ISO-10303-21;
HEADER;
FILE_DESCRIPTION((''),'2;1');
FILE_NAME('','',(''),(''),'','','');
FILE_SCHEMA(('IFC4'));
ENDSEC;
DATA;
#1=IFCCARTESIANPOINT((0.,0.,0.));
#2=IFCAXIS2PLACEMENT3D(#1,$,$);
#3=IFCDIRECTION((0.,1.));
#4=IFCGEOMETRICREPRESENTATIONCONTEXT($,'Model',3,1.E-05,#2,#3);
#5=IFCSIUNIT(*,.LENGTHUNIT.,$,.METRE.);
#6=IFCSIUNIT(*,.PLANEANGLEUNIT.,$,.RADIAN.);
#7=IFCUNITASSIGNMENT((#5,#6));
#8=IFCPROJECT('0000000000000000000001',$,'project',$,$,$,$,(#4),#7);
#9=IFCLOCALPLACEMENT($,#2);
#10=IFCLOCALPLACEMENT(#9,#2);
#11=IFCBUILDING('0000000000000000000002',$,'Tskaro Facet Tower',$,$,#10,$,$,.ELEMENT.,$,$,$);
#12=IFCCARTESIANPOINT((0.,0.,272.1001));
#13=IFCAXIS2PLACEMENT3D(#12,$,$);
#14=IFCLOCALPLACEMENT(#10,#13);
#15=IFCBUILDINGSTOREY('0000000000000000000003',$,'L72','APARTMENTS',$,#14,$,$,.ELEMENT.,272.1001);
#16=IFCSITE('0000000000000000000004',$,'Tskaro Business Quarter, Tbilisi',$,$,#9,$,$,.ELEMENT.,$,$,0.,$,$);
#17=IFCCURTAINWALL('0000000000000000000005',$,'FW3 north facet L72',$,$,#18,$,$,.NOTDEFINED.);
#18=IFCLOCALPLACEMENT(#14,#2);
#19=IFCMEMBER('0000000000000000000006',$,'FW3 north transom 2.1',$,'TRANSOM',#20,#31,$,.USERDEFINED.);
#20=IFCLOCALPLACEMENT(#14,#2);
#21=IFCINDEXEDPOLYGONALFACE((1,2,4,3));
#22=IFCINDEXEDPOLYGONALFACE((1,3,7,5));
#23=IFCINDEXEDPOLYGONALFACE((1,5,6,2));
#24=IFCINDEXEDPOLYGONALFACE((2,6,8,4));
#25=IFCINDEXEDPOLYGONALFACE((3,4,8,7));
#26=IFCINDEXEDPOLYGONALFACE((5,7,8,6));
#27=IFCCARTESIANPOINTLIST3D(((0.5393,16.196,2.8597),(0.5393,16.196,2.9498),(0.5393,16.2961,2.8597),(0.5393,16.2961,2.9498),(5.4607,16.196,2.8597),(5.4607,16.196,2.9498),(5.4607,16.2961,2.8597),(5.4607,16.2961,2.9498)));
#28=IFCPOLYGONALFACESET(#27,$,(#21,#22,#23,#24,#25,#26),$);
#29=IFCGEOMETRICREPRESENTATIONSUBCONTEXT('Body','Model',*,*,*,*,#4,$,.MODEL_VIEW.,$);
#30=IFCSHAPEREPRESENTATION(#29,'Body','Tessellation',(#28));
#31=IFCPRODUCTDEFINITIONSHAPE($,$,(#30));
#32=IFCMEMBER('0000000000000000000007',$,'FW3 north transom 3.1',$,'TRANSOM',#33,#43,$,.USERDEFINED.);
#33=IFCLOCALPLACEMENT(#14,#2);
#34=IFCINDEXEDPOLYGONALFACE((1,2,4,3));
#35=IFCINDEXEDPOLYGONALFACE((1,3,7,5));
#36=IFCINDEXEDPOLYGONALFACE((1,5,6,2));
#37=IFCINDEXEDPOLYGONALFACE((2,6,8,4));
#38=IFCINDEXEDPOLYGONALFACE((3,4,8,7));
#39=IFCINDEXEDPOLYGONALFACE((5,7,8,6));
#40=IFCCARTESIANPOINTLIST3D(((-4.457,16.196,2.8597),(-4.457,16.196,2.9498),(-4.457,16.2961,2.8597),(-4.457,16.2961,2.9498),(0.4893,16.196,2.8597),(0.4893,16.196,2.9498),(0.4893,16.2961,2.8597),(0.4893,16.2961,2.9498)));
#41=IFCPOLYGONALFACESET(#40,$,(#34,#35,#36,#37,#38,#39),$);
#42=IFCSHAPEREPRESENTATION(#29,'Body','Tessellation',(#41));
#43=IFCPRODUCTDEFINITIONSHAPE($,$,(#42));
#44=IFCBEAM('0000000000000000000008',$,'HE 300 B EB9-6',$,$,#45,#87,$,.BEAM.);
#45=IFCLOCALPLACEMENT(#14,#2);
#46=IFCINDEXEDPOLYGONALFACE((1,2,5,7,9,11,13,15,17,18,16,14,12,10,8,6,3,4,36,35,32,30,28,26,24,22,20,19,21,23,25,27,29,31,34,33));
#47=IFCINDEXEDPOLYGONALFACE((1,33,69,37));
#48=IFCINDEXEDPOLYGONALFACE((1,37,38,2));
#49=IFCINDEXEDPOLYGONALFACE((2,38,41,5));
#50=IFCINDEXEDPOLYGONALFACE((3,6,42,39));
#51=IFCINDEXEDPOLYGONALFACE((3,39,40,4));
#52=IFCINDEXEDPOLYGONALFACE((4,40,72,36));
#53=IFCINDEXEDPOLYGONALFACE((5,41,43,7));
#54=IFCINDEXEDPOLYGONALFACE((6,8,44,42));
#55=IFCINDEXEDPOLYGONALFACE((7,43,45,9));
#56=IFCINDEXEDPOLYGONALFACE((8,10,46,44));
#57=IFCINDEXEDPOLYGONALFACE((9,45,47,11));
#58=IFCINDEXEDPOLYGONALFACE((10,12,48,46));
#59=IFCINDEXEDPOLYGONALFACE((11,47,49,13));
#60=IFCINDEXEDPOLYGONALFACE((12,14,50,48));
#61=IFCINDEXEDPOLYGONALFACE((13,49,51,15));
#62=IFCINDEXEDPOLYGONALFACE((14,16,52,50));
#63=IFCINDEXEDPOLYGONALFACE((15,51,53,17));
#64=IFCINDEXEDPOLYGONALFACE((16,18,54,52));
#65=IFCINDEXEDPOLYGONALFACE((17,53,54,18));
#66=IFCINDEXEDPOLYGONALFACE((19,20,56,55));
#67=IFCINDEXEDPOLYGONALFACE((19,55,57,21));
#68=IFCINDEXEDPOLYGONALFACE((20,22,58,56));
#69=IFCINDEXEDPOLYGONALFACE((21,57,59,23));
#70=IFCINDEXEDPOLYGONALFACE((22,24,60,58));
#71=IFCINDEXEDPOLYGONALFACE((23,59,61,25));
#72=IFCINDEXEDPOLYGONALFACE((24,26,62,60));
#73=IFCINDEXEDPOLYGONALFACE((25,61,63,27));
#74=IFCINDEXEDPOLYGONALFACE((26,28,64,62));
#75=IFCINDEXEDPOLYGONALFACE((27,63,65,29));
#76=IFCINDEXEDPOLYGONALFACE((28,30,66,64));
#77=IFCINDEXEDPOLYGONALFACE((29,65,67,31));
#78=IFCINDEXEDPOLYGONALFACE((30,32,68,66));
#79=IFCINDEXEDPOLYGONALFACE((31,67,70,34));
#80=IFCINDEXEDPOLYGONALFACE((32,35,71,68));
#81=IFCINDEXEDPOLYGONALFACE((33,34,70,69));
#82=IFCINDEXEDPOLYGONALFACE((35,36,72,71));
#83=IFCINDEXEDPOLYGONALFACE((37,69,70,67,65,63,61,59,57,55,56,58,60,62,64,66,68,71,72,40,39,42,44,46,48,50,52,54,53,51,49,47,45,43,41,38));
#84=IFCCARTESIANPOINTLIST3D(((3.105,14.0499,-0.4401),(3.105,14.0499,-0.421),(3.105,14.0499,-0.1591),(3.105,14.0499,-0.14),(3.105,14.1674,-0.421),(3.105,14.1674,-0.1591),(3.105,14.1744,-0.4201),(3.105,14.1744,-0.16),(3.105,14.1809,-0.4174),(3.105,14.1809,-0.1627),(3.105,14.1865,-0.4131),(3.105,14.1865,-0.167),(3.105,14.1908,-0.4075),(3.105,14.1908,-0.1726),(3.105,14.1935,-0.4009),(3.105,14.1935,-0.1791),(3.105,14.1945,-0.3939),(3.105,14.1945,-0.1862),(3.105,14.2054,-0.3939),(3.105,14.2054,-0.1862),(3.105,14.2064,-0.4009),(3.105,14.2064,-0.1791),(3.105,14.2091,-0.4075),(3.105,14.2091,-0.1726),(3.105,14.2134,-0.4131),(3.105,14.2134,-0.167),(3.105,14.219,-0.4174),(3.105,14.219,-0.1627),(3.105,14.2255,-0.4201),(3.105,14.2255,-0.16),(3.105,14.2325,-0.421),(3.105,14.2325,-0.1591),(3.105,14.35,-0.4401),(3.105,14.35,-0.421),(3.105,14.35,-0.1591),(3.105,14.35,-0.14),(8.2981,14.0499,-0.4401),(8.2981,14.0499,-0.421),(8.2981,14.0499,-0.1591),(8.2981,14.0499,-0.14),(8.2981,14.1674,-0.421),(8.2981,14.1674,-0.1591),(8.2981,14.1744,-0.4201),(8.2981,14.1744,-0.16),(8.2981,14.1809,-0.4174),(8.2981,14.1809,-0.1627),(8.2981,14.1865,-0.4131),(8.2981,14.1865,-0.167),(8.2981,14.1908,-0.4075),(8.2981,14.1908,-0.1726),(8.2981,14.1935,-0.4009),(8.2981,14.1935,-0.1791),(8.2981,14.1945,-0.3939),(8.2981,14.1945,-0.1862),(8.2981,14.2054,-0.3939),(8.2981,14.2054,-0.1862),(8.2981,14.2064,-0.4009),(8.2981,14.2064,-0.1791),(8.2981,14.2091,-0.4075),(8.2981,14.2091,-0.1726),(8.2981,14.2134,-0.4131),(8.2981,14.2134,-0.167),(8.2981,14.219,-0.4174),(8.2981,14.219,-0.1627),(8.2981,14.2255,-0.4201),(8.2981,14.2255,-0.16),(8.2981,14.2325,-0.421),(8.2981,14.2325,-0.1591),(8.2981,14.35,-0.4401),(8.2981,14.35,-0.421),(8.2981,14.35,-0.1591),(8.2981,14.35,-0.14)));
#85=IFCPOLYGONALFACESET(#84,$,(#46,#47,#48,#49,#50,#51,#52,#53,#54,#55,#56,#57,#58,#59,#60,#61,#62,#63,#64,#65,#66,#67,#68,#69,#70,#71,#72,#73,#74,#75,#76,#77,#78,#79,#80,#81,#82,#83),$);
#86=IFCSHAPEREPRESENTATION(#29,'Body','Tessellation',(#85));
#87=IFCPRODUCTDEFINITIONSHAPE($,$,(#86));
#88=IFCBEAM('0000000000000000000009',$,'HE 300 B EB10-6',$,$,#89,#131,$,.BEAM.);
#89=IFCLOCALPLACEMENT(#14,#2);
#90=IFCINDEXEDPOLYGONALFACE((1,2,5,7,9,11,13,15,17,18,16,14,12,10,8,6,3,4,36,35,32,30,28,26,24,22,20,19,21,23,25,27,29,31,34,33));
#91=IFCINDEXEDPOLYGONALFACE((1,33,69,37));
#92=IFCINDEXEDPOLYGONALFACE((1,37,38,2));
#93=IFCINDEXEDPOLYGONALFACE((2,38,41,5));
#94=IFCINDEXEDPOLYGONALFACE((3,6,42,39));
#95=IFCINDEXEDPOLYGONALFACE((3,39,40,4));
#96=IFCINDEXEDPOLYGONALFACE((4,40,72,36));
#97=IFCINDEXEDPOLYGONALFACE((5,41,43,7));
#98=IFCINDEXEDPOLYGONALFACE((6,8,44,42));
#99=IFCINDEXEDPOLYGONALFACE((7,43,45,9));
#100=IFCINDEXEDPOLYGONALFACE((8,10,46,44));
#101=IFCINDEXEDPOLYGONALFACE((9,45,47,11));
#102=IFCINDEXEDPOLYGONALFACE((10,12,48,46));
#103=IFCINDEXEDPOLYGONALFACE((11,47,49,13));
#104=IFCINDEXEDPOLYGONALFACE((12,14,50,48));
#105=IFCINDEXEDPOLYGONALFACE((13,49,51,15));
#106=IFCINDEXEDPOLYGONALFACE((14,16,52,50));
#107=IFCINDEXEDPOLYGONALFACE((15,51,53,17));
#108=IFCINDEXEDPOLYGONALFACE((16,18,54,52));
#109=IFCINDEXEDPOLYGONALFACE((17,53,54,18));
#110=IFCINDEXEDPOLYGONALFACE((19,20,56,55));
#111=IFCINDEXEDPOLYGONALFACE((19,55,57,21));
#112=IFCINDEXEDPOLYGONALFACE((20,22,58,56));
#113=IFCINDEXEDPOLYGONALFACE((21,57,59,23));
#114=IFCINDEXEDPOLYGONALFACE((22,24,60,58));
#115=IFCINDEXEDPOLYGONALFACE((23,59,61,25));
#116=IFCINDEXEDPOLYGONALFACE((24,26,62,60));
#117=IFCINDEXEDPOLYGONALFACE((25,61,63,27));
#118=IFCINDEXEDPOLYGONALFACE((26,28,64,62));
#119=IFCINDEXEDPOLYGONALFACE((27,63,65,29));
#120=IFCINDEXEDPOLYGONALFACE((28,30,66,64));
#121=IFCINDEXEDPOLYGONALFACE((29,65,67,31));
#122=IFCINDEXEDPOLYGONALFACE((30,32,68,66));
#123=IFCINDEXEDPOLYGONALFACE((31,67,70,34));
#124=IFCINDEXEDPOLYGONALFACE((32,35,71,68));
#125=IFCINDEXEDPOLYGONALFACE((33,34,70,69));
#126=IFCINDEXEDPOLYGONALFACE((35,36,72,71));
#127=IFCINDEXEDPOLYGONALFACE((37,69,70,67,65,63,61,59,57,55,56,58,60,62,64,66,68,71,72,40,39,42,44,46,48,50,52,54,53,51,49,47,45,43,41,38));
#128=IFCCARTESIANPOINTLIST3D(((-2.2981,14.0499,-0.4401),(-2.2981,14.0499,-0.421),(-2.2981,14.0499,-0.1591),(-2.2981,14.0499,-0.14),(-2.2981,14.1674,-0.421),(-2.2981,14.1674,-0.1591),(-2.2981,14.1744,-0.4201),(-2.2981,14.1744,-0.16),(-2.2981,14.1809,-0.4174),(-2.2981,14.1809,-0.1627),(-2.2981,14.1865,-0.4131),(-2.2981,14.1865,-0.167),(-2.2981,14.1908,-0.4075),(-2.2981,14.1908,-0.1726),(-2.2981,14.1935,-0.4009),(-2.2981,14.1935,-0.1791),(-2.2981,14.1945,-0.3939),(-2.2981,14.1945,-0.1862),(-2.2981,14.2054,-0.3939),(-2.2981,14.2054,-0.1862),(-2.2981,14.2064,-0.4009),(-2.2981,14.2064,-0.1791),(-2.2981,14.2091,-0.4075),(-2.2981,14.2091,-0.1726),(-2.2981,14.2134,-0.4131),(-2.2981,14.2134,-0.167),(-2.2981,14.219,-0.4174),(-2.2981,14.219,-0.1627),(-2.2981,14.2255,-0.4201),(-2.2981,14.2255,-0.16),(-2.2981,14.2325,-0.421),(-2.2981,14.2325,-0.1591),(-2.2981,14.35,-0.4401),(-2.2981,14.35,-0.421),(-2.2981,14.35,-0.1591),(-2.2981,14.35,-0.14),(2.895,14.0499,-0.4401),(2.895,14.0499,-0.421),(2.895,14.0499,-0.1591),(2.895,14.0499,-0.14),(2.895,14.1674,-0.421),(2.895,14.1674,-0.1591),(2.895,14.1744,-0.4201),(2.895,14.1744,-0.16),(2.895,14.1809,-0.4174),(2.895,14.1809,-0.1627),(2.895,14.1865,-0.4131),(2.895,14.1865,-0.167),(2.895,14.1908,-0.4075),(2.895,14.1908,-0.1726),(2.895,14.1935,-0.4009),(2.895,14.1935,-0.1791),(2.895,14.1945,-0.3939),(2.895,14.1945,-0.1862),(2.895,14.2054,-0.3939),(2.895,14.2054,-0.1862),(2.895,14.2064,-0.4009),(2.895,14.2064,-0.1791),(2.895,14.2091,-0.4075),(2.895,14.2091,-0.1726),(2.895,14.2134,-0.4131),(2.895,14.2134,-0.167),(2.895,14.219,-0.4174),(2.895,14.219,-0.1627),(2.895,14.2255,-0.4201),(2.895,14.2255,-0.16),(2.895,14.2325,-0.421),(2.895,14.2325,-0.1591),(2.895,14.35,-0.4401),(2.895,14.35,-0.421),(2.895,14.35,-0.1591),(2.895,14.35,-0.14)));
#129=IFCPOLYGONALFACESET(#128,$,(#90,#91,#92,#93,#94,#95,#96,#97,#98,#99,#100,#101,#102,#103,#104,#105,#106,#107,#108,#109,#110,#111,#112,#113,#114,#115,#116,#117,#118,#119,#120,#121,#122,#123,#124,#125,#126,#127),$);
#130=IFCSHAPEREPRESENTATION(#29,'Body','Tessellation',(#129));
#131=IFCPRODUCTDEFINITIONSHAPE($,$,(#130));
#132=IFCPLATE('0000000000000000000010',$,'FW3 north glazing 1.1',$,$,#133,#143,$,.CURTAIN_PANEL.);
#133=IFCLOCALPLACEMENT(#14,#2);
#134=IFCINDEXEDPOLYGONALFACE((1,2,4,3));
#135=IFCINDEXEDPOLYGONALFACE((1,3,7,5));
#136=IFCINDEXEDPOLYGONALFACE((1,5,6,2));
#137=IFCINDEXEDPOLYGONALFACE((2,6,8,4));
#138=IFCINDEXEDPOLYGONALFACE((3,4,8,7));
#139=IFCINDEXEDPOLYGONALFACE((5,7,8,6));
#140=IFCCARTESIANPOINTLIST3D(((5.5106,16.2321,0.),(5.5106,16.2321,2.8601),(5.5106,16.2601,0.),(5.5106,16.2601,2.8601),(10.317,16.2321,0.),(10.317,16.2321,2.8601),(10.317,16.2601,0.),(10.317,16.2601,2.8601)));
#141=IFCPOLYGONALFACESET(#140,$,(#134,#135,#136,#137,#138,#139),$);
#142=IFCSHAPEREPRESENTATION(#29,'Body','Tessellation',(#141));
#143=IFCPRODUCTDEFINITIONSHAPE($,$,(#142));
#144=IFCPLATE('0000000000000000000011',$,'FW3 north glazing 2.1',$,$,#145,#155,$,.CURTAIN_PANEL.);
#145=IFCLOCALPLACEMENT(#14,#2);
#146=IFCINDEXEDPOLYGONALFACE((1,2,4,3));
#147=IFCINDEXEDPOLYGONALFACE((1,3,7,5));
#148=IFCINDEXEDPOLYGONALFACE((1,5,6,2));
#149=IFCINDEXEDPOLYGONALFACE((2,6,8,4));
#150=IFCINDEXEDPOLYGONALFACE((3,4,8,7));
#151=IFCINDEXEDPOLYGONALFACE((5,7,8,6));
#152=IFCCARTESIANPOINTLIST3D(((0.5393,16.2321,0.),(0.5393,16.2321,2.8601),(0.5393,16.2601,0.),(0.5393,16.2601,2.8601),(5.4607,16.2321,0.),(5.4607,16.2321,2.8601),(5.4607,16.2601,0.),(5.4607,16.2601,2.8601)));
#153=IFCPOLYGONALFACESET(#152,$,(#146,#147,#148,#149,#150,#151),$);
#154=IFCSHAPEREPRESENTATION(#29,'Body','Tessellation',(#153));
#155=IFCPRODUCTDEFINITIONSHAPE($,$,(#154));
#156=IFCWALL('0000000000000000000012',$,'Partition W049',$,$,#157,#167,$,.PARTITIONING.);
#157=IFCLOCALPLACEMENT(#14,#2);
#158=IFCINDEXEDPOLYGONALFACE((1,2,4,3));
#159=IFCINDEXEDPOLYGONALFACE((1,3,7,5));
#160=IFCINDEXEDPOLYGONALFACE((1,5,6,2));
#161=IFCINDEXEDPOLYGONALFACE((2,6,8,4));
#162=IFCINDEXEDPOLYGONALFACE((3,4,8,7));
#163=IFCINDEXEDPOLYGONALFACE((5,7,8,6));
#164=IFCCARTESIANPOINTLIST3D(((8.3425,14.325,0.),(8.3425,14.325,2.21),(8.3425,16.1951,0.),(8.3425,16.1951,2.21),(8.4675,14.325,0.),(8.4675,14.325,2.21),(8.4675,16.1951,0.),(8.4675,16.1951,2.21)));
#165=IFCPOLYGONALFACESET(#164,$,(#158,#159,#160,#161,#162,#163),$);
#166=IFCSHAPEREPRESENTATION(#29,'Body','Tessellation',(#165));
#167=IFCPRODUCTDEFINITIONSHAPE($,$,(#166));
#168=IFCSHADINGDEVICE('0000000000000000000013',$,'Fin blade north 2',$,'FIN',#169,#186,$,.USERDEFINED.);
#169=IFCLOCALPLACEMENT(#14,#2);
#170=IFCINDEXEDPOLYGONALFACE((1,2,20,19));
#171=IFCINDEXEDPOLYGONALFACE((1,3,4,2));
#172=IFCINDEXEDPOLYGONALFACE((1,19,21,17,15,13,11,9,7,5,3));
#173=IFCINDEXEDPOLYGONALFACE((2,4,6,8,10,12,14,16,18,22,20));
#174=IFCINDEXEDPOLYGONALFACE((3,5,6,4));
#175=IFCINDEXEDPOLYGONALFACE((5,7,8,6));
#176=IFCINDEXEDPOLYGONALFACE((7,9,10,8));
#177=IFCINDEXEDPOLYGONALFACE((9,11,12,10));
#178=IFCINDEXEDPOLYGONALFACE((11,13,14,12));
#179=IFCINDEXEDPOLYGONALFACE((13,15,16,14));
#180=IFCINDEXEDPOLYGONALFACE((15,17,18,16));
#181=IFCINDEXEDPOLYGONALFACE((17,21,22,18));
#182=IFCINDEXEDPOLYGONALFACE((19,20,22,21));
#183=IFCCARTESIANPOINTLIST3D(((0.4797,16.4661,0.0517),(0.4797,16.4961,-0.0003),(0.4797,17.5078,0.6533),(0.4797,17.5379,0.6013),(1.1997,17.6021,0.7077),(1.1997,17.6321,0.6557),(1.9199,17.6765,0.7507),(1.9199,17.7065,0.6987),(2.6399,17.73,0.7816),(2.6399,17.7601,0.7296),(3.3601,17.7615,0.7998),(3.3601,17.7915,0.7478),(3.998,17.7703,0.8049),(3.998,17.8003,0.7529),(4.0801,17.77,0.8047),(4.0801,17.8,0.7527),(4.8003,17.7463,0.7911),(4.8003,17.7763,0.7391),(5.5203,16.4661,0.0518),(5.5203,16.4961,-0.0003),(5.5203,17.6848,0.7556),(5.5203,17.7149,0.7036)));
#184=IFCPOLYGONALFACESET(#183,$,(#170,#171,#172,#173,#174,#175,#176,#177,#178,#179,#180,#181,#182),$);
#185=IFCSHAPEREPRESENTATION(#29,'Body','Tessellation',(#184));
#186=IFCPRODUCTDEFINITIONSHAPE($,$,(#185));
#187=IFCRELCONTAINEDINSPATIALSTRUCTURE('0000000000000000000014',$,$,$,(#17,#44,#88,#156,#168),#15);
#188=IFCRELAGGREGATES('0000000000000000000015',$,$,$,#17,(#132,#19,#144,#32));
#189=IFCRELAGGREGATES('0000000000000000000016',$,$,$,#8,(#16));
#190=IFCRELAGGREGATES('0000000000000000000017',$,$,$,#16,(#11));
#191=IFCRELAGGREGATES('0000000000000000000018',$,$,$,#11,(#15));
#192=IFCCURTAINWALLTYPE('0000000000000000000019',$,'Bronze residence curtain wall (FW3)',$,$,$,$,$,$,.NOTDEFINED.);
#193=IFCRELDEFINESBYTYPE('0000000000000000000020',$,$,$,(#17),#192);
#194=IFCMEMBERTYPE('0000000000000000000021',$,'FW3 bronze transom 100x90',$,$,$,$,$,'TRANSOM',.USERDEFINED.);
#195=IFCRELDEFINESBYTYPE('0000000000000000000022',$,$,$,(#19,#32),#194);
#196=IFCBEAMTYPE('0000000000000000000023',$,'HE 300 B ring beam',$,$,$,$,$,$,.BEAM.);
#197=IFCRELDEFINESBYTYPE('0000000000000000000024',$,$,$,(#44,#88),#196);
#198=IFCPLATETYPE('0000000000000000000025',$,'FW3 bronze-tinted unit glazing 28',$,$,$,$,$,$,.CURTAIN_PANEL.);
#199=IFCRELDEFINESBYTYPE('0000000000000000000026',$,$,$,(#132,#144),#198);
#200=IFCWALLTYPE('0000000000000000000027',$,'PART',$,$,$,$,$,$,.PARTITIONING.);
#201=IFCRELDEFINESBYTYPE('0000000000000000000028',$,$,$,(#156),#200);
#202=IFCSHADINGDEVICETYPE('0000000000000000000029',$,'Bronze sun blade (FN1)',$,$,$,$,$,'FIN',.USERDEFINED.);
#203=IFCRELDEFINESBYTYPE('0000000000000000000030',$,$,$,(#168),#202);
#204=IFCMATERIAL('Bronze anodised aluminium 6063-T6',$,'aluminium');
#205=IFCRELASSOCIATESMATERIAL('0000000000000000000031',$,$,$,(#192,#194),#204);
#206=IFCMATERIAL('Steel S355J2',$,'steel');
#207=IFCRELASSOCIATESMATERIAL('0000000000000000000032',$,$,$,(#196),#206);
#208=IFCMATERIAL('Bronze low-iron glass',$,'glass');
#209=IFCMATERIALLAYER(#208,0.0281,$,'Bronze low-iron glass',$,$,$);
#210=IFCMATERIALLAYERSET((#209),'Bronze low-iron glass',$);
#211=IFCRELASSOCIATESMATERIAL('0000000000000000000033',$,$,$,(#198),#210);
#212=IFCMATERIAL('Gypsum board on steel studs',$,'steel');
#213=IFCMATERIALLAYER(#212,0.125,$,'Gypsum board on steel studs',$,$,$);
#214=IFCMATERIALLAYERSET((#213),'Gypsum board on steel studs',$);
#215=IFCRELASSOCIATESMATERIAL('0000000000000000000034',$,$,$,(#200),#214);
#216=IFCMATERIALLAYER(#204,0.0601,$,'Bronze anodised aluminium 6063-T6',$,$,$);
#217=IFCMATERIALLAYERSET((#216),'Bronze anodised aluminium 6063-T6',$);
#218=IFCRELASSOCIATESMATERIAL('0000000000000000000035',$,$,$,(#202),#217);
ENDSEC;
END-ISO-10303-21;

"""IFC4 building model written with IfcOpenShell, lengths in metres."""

from ifc_helpers import new_model, si_unit, direction, frame, frame_2d, origin, origin_2d, place, context, subcontext, project, spatial, polyline, rectangle, i_section, outline, extrude, material, layer, layer_set, material_profile, profile_set, type_object, element, aggregate, save


model = new_model("IFC4")

# Units and contexts
model_context = context("Model", 3, precision=1e-05, world=origin(), true_north=direction((0.0, 1.0)))
body_context = subcontext(model_context, "Body", "Model", "MODEL_VIEW")
ifc_project = project(units=[si_unit("LENGTHUNIT", "METRE"), si_unit("PLANEANGLEUNIT", "RADIAN")], contexts=[model_context])

# Site, building, storey
site_placement = place(None, origin())
site = spatial("IfcSite", under=ifc_project, at=site_placement, Name="Tskaro Business Quarter, Tbilisi", CompositionType="ELEMENT", RefElevation=0.0)
building_placement = place(site_placement, origin())
building = spatial("IfcBuilding", under=site, at=building_placement, Name="Tskaro Facet Tower", CompositionType="ELEMENT")
storey_placement = place(building_placement, frame((0.0, 0.0, 272.1001)))
storey = spatial("IfcBuildingStorey", under=building, at=storey_placement, Name="L72", Description="APARTMENTS", CompositionType="ELEMENT", Elevation=272.1001)

# Shared definitions
ifc_material_1 = material(Name="Steel S355J2", Category="steel")

# Curtain wall, members
ifc_material_2 = material(Name="Bronze anodised aluminium 6063-T6", Category="aluminium")
curtain_wall_type = type_object("IfcCurtainWallType", Name="Bronze residence curtain wall (FW3)", PredefinedType="NOTDEFINED", material=ifc_material_2)
curtain_wall_placement = place(storey_placement, origin())
curtain_wall = element("IfcCurtainWall", 1, at=curtain_wall_placement, inside=storey, type_object=curtain_wall_type, Name="FW3 north facet L72", PredefinedType="NOTDEFINED")
ifc_material_profile_1 = material_profile(ifc_material_2, rectangle(XDim=0.1001, YDim=0.0901, at=origin_2d()), Name="Transom 100x90")
ifc_profile_set_1 = profile_set([ifc_material_profile_1], Name="Bronze anodised aluminium 6063-T6")
member_type_1 = type_object("IfcMemberType", Name="FW3 bronze transom 100x90", ElementType="TRANSOM", PredefinedType="USERDEFINED", material=ifc_profile_set_1)
member_1_placement = place(storey_placement, frame((5.4607, 16.2461, 2.9048), z_axis=(-1.0, 0.0, 0.0), x_axis=(0.0, -1.0, 0.0)))
member_1 = element("IfcMember", 2, at=member_1_placement, type_object=member_type_1, Name="FW3 north transom 2.1", ObjectType="TRANSOM", PredefinedType="USERDEFINED", context=body_context, shape_type="SweptSolid", body=[
    extrude(rectangle(XDim=0.1001, YDim=0.0901, at=origin_2d()), origin(), (0.0, 0.0, 1.0), 4.9214),
])
member_2_placement = place(storey_placement, frame((0.4893, 16.2461, 2.9048), z_axis=(-1.0, 0.0, 0.0), x_axis=(0.0, -1.0, 0.0)))
member_2 = element("IfcMember", 3, at=member_2_placement, type_object=member_type_1, Name="FW3 north transom 3.1", ObjectType="TRANSOM", PredefinedType="USERDEFINED", context=body_context, shape_type="SweptSolid", body=[
    extrude(rectangle(XDim=0.1001, YDim=0.0901, at=origin_2d()), origin(), (0.0, 0.0, 1.0), 4.9463),
])

# Beams
ifc_material_profile_2 = material_profile(ifc_material_1, i_section(OverallWidth=0.3, OverallDepth=0.3, WebThickness=0.011, FlangeThickness=0.019, FilletRadius=0.0271, at=origin_2d()), Name="HE 300 B")
ifc_profile_set_2 = profile_set([ifc_material_profile_2], Name="Steel S355J2")
beam_type = type_object("IfcBeamType", Name="HE 300 B ring beam", PredefinedType="BEAM", material=ifc_profile_set_2)
for number, where, z_axis, x_axis, name in (
    (4, (8.2981, 14.2, -0.29), (-1.0, 0.0, 0.0), (0.0, -1.0, 0.0), "HE 300 B EB9-6"),
    (5, (2.895, 14.2, -0.29), (-1.0, 0.0, 0.0), (0.0, -1.0, 0.0), "HE 300 B EB10-6"),
):
    element("IfcBeam", number, at=place(storey_placement, frame(where, z_axis=z_axis, x_axis=x_axis)), inside=storey, type_object=beam_type, Name=name, PredefinedType="BEAM", context=body_context, shape_type="SweptSolid", body=[
        extrude(i_section(OverallWidth=0.3, OverallDepth=0.3, WebThickness=0.011, FlangeThickness=0.019, FilletRadius=0.0271, at=origin_2d()), origin(), (0.0, 0.0, 1.0), 5.1931),
    ])

# Plates
ifc_material_3 = material(Name="Bronze low-iron glass", Category="glass")
ifc_layer_1 = layer(ifc_material_3, 0.0281, Name="Bronze low-iron glass")
ifc_layer_set_1 = layer_set([ifc_layer_1], Name="Bronze low-iron glass")
plate_type = type_object("IfcPlateType", Name="FW3 bronze-tinted unit glazing 28", PredefinedType="CURTAIN_PANEL", material=ifc_layer_set_1)
plate_1_placement = place(storey_placement, frame((7.9138, 16.2461, 0.0), z_axis=(0.0, 0.0, 1.0), x_axis=(-1.0, 0.0, 0.0)))
plate_1 = element("IfcPlate", 6, at=plate_1_placement, type_object=plate_type, Name="FW3 north glazing 1.1", PredefinedType="CURTAIN_PANEL", context=body_context, shape_type="SweptSolid", body=[
    extrude(rectangle(XDim=4.8064, YDim=0.0281, at=origin_2d()), origin(), (0.0, 0.0, 1.0), 2.8601),
])
plate_2_placement = place(storey_placement, frame((3.0, 16.2461, 0.0), z_axis=(0.0, 0.0, 1.0), x_axis=(-1.0, 0.0, 0.0)))
plate_2 = element("IfcPlate", 7, at=plate_2_placement, type_object=plate_type, Name="FW3 north glazing 2.1", PredefinedType="CURTAIN_PANEL", context=body_context, shape_type="SweptSolid", body=[
    extrude(rectangle(XDim=4.9214, YDim=0.0281, at=origin_2d()), origin(), (0.0, 0.0, 1.0), 2.8601),
])
aggregate(curtain_wall, [plate_1, member_1, plate_2, member_2])

# Wall
ifc_material_4 = material(Name="Gypsum board on steel studs", Category="steel")
ifc_layer_2 = layer(ifc_material_4, 0.125, Name="Gypsum board on steel studs")
ifc_layer_set_2 = layer_set([ifc_layer_2], Name="Gypsum board on steel studs")
wall_type = type_object("IfcWallType", Name="PART", PredefinedType="PARTITIONING", material=ifc_layer_set_2)
wall_placement = place(storey_placement, frame((8.405, 14.325, 0.0), z_axis=(0.0, 0.0, 1.0), x_axis=(0.0, 1.0, 0.0)))
element("IfcWall", 8, at=wall_placement, inside=storey, type_object=wall_type, Name="Partition W049", PredefinedType="PARTITIONING", context=body_context, shape_type="SweptSolid", body=[
    extrude(rectangle(XDim=1.8701, YDim=0.125, at=frame_2d((0.9351, 0.0))), origin(), (0.0, 0.0, 1.0), 2.21),
])

# Shading device
ifc_layer_3 = layer(ifc_material_2, 0.0601, Name="Bronze anodised aluminium 6063-T6")
ifc_layer_set_3 = layer_set([ifc_layer_3], Name="Bronze anodised aluminium 6063-T6")
shading_device_type = type_object("IfcShadingDeviceType", Name="Bronze sun blade (FN1)", ElementType="FIN", PredefinedType="USERDEFINED", material=ifc_layer_set_3)
shading_device_1_placement = place(storey_placement, frame((5.5203, 16.4661, 0.0518), z_axis=(-0.000006, -0.50008, 0.865979), x_axis=(-1.0, 0.000003, -0.000005)))
element("IfcShadingDevice", 9, at=shading_device_1_placement, inside=storey, type_object=shading_device_type, Name="Fin blade north 2", ObjectType="FIN", PredefinedType="USERDEFINED", context=body_context, shape_type="SweptSolid", body=[
    extrude(outline(polyline([(0.0, 0.0), (5.0405, 0.0), (5.0405, -1.203), (4.3206, -1.3118), (3.6003, -1.3978), (2.8804, -1.4596), (2.1602, -1.4959), (1.5222, -1.5061), (1.4402, -1.5057), (0.72, -1.4784), (0.0, -1.4074), (0.0, 0.0)])), origin(), (0.0, 0.0, -1.0), 0.0601),
])

save(model, "model.ifc")
